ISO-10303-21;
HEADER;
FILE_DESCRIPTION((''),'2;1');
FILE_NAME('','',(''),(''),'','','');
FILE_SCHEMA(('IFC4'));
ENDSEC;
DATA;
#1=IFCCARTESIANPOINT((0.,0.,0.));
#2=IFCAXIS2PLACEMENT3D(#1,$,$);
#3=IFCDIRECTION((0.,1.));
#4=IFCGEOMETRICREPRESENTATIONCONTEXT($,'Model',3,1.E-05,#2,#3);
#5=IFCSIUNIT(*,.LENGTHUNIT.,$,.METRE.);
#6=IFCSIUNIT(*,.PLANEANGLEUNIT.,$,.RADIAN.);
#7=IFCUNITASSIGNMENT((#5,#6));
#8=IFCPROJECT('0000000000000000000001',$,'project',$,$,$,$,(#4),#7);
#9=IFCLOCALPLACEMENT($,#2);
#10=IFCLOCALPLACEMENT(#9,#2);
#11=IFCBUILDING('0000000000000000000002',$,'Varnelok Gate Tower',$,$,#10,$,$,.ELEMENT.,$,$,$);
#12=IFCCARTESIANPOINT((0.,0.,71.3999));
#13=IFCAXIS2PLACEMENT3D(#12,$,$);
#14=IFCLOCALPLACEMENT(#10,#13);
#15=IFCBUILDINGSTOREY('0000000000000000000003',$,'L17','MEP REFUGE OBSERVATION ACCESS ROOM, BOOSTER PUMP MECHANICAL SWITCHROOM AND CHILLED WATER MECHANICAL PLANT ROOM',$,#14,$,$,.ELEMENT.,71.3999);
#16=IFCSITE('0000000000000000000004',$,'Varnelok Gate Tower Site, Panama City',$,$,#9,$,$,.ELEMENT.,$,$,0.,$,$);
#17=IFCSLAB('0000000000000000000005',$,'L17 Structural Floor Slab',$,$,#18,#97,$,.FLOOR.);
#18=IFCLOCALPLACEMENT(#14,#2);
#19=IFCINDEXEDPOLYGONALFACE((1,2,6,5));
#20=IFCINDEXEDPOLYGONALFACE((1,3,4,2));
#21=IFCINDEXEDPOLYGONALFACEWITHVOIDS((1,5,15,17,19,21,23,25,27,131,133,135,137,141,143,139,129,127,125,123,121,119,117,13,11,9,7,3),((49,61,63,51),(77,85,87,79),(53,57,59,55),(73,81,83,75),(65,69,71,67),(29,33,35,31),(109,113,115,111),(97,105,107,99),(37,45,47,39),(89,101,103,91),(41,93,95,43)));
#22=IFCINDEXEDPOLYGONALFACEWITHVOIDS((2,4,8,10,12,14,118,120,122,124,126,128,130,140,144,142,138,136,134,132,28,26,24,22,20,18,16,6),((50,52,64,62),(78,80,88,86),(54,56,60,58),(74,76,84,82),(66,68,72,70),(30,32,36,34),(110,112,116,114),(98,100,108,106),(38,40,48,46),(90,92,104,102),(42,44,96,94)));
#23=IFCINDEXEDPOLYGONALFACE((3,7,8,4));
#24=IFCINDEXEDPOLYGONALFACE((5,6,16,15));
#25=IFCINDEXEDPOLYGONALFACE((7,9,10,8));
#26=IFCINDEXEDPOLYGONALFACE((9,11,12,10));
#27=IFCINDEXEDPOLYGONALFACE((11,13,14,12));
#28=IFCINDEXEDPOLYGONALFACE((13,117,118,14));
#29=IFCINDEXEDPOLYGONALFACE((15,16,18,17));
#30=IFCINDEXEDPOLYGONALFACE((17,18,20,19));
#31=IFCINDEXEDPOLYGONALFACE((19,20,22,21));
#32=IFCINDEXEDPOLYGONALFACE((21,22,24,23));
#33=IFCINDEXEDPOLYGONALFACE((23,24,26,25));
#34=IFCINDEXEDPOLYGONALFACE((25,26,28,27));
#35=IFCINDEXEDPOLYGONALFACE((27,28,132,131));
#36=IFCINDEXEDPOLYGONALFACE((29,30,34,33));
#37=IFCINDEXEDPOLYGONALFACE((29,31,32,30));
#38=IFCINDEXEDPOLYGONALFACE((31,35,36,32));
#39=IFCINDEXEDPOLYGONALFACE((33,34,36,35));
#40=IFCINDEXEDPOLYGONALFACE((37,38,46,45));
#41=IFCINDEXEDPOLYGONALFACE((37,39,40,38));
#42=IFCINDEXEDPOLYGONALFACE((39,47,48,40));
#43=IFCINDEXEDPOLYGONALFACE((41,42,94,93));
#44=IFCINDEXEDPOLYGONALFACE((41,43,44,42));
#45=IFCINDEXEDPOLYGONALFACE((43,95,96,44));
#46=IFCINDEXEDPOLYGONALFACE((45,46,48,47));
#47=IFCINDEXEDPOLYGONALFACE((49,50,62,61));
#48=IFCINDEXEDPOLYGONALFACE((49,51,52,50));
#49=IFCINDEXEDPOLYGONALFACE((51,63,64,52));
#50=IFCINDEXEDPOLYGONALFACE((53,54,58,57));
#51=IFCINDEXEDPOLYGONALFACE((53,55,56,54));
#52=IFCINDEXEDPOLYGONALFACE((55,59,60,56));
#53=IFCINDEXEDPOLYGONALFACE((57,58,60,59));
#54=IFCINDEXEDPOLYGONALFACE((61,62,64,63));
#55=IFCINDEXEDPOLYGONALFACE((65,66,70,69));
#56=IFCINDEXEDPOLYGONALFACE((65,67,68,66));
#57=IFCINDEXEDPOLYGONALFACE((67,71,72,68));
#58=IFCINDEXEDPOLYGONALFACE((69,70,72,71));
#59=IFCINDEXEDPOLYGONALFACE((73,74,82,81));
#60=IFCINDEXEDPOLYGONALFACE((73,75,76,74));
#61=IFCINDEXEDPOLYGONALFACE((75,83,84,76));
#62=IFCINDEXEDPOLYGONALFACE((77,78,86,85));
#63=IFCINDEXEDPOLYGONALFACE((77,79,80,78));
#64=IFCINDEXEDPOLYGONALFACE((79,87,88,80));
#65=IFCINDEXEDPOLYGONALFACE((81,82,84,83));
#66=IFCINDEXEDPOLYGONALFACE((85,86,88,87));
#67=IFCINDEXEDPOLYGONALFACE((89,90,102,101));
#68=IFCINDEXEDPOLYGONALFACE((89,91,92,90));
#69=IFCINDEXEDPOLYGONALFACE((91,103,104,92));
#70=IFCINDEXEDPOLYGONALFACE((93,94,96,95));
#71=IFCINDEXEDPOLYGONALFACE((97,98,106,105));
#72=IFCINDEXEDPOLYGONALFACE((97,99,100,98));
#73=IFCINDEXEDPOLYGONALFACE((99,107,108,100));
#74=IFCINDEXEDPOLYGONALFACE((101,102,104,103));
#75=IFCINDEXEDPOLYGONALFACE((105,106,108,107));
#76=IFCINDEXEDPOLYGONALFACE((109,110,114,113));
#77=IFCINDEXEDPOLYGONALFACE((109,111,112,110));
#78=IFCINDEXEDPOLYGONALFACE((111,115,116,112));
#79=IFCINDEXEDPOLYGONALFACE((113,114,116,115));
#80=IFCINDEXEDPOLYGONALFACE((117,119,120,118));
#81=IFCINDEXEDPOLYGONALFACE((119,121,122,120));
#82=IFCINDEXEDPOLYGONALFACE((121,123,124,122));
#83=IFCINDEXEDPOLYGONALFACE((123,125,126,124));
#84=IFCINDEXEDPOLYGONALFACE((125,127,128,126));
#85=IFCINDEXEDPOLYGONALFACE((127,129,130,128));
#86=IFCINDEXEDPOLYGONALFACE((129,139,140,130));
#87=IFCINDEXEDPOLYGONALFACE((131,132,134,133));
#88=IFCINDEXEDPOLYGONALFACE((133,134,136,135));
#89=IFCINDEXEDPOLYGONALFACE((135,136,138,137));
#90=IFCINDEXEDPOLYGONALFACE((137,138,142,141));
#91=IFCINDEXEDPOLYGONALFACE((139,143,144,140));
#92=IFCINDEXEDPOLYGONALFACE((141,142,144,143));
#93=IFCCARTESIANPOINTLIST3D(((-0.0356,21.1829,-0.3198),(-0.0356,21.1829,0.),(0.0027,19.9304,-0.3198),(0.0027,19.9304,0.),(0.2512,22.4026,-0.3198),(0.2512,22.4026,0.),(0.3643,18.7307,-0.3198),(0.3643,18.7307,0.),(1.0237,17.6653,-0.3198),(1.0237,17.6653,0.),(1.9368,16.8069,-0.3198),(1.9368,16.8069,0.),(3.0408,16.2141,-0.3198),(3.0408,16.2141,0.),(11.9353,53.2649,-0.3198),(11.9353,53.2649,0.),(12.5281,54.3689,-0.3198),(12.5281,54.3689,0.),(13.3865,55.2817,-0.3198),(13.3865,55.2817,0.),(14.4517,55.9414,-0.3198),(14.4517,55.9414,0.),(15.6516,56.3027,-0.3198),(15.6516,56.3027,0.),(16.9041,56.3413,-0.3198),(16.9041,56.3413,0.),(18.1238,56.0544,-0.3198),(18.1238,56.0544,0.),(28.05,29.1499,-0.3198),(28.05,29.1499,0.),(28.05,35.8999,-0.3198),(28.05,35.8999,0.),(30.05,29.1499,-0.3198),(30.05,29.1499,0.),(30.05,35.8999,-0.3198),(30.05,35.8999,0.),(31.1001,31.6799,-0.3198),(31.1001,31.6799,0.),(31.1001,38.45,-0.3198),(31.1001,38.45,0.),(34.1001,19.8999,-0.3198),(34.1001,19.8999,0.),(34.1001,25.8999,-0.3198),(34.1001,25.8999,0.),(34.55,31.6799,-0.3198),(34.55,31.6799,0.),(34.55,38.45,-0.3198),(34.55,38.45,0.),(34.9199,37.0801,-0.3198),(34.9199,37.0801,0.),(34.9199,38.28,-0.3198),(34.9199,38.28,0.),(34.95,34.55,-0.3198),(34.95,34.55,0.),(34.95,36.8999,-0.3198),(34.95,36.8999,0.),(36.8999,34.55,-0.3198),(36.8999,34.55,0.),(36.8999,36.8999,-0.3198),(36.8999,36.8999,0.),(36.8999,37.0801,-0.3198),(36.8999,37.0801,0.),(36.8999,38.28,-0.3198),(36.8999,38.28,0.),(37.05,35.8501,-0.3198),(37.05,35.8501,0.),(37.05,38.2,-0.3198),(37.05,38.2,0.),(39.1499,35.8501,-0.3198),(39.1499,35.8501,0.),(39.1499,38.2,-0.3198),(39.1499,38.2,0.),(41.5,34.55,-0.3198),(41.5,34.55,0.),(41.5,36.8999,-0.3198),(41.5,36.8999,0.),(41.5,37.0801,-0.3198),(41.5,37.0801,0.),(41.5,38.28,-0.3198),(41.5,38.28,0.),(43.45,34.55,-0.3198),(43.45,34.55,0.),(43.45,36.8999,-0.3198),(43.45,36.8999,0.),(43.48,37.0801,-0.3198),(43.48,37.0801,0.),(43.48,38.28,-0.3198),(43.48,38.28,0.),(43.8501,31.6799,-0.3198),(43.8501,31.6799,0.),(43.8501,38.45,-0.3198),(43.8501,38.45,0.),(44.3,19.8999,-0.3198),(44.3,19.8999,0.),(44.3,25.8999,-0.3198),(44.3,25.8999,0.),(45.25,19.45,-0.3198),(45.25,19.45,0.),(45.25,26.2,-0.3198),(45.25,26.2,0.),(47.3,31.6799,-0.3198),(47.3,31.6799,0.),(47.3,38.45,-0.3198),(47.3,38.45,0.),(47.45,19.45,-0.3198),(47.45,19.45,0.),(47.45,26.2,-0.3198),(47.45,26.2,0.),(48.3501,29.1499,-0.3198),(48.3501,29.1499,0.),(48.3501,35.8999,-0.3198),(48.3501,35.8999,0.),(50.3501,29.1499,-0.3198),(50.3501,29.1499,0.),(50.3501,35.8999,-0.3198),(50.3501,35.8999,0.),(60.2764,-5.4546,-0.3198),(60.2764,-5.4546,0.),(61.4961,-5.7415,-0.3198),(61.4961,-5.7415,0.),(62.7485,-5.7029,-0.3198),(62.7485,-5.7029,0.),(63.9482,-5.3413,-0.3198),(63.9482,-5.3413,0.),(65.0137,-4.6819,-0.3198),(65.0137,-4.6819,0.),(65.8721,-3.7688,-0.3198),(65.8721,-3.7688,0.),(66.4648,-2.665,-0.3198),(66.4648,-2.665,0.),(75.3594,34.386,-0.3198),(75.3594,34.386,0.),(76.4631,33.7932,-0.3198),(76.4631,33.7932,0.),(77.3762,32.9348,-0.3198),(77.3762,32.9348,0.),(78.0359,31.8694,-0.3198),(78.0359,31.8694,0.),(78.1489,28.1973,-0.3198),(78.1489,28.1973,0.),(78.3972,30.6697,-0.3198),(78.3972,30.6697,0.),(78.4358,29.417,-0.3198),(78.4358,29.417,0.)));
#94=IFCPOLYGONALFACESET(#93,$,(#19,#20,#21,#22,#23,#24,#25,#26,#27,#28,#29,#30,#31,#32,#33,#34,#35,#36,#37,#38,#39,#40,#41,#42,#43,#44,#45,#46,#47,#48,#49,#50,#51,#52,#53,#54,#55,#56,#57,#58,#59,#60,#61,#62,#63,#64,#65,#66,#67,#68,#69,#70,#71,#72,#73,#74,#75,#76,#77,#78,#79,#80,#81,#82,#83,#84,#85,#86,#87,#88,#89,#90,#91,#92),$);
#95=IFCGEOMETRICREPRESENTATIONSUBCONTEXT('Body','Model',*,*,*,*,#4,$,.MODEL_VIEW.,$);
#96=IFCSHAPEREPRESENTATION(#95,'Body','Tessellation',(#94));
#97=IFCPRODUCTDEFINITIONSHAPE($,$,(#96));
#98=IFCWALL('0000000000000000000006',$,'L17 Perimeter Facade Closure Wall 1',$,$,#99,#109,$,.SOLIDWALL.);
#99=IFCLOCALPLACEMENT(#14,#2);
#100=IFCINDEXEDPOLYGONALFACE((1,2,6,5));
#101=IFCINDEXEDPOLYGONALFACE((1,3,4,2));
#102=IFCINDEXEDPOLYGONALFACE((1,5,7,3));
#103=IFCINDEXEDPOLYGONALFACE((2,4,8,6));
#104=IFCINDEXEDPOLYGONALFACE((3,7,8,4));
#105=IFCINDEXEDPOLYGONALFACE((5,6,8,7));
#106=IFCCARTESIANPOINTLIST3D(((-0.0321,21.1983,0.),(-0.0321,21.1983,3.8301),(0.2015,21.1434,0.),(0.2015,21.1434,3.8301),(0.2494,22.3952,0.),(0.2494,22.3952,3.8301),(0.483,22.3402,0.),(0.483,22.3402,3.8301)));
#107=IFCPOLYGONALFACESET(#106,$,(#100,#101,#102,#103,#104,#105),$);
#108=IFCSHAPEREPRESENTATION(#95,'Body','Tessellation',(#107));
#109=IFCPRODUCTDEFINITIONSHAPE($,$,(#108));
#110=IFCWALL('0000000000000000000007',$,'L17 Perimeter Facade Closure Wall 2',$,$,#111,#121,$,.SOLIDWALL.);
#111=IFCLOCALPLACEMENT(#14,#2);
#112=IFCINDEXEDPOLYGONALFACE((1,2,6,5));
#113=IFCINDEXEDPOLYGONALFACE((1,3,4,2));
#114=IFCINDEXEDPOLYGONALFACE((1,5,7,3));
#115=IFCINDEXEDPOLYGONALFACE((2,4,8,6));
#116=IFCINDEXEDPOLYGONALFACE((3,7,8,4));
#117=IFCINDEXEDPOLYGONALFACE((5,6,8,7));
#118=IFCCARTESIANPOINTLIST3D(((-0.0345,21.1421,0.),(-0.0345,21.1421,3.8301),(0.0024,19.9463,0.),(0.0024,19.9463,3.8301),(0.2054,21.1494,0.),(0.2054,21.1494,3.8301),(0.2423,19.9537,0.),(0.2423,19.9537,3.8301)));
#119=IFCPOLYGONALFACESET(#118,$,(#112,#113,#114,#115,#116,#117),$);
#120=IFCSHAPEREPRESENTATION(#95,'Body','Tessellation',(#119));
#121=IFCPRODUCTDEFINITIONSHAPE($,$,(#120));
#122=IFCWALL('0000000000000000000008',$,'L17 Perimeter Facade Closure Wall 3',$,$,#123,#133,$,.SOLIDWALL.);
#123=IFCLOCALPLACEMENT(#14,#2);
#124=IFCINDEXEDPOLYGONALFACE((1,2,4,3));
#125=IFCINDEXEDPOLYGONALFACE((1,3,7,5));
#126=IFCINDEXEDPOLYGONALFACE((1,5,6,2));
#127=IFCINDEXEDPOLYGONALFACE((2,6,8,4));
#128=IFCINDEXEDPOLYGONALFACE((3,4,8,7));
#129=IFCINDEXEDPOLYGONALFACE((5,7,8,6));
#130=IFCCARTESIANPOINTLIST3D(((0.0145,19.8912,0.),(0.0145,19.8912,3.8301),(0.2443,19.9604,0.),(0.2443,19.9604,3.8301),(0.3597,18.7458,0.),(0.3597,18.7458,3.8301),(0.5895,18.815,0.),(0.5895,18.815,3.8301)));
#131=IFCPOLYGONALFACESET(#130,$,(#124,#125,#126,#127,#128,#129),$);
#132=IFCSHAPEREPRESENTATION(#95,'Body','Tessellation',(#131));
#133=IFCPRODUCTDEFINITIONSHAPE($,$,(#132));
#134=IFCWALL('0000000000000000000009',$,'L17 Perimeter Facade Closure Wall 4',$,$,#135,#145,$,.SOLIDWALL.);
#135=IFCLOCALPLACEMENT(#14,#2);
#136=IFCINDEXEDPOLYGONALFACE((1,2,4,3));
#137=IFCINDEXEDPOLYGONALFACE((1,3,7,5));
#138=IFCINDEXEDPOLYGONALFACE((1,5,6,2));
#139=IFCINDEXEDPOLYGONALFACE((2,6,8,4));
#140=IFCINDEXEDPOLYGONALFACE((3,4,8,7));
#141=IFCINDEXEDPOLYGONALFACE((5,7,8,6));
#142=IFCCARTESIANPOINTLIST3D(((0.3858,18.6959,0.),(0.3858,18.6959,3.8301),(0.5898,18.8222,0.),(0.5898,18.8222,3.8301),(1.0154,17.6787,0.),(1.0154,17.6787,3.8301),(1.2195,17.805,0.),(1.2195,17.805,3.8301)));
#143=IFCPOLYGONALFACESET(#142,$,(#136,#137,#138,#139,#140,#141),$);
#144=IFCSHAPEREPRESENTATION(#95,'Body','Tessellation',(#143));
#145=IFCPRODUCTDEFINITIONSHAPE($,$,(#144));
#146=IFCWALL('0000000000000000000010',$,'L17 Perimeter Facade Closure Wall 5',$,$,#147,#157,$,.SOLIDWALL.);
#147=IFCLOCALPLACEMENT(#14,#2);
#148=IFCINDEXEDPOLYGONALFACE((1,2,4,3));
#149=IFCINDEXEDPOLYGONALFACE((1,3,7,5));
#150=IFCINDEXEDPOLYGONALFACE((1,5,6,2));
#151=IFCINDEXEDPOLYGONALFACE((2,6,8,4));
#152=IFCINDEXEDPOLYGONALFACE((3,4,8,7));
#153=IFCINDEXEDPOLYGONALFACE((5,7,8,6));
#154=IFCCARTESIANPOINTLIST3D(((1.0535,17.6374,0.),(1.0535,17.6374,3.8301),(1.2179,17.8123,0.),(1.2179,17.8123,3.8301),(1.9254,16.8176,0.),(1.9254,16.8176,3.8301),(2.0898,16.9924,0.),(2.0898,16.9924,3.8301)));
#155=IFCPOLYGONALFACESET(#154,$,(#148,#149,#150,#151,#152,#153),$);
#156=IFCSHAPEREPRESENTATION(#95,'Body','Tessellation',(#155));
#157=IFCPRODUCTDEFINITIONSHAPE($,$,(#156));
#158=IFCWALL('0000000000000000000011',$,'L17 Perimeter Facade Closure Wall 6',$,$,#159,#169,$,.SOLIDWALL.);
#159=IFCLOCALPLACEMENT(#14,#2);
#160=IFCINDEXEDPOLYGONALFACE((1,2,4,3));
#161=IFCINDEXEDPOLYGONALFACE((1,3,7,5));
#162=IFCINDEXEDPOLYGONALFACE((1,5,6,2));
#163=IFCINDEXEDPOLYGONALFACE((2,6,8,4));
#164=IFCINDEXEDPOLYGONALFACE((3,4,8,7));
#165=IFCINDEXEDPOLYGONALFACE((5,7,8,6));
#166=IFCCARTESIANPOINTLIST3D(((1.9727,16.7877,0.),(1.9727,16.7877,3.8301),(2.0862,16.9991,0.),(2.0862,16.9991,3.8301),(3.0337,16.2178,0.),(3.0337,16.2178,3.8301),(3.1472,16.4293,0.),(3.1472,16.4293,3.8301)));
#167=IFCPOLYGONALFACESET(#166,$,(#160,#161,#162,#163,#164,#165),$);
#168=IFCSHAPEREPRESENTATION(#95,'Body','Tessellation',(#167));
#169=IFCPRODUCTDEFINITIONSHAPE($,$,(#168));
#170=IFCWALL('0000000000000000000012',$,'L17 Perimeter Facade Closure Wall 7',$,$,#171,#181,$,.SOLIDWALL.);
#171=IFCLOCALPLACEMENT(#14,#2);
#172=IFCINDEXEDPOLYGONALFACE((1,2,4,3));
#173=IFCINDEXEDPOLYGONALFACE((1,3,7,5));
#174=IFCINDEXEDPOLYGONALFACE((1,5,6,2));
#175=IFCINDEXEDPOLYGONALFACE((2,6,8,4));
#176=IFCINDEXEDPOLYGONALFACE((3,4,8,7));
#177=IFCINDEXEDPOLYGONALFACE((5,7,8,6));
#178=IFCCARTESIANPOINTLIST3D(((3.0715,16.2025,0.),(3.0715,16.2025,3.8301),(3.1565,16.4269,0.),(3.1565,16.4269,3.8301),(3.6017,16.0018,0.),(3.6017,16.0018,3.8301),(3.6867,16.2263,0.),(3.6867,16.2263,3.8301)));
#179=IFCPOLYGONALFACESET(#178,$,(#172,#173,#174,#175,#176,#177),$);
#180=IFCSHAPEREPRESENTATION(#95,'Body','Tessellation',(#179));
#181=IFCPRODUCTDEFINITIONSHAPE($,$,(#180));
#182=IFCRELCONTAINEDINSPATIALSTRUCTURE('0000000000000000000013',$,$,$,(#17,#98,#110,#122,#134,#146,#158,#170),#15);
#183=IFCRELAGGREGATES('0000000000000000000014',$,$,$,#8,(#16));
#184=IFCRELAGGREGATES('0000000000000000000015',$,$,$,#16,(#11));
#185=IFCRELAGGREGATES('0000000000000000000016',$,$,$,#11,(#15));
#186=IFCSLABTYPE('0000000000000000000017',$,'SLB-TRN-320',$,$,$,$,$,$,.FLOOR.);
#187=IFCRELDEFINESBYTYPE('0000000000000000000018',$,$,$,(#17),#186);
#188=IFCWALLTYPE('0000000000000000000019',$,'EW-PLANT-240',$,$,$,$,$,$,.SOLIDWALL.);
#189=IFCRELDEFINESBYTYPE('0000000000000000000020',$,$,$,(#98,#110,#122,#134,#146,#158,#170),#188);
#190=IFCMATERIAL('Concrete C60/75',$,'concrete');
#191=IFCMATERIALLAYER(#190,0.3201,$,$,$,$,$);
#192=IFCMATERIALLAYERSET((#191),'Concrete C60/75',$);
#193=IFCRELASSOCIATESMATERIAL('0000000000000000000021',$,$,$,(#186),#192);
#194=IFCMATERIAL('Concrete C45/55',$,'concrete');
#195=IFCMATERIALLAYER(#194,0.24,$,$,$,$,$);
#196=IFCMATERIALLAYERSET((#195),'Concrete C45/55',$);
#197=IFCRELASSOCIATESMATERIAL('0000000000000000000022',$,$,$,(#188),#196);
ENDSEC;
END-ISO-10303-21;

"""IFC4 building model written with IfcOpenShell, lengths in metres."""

from ifc_helpers import new_model, si_unit, direction, frame, frame_2d, origin, place, context, subcontext, project, spatial, polyline, rectangle, outline, extrude, material, layer, layer_set, type_object, element, save


model = new_model("IFC4")

# Units and contexts
model_context = context("Model", 3, precision=1e-05, world=origin(), true_north=direction((0.0, 1.0)))
body_context = subcontext(model_context, "Body", "Model", "MODEL_VIEW")
ifc_project = project(units=[si_unit("LENGTHUNIT", "METRE"), si_unit("PLANEANGLEUNIT", "RADIAN")], contexts=[model_context])

# Site, building, storey
site_placement = place(None, origin())
site = spatial("IfcSite", under=ifc_project, at=site_placement, Name="Varnelok Gate Tower Site, Panama City", CompositionType="ELEMENT", RefElevation=0.0)
building_placement = place(site_placement, origin())
building = spatial("IfcBuilding", under=site, at=building_placement, Name="Varnelok Gate Tower", CompositionType="ELEMENT")
storey_placement = place(building_placement, frame((0.0, 0.0, 71.3999)))
storey = spatial("IfcBuildingStorey", under=building, at=storey_placement, Name="L17", Description="MEP REFUGE OBSERVATION ACCESS ROOM, BOOSTER PUMP MECHANICAL SWITCHROOM AND CHILLED WATER MECHANICAL PLANT ROOM", CompositionType="ELEMENT", Elevation=71.3999)

# Shared definitions
ifc_material_1 = material(Name="Concrete C45/55", Category="concrete")

# Slab
ifc_material_2 = material(Name="Concrete C60/75", Category="concrete")
ifc_layer_1 = layer(ifc_material_2, 0.3201)
ifc_layer_set_1 = layer_set([ifc_layer_1], Name="Concrete C60/75")
slab_type_1 = type_object("IfcSlabType", Name="SLB-TRN-320", PredefinedType="FLOOR", material=ifc_layer_set_1)
slab_1_placement = place(storey_placement, frame((0.0, 0.0, -0.3198)))
element("IfcSlab", 1, at=slab_1_placement, inside=storey, type_object=slab_type_1, Name="L17 Structural Floor Slab", PredefinedType="FLOOR", context=body_context, shape_type="SweptSolid", body=[
    extrude(outline(polyline([(0.2512, 22.4026), (-0.0356, 21.1829), (0.0027, 19.9304), (0.3643, 18.7307), (1.0237, 17.6653), (1.9368, 16.8069), (3.0408, 16.2141), (60.2764, -5.4546), (61.4961, -5.7415), (62.7485, -5.7029), (63.9482, -5.3413), (65.0137, -4.6819), (65.8721, -3.7688), (66.4648, -2.665), (78.1489, 28.1973), (78.4358, 29.417), (78.3972, 30.6697), (78.0359, 31.8694), (77.3762, 32.9348), (76.4631, 33.7932), (75.3594, 34.386), (18.1238, 56.0544), (16.9041, 56.3413), (15.6516, 56.3027), (14.4517, 55.9414), (13.3865, 55.2817), (12.5281, 54.3689), (11.9353, 53.2649), (0.2512, 22.4026)]), holes=[polyline([(34.55, 31.6799), (34.55, 38.45), (31.1001, 38.45), (31.1001, 31.6799), (34.55, 31.6799)]), polyline([(47.3, 31.6799), (47.3, 38.45), (43.8501, 38.45), (43.8501, 31.6799), (47.3, 31.6799)]), polyline([(34.95, 34.55), (36.8999, 34.55), (36.8999, 36.8999), (34.95, 36.8999), (34.95, 34.55)]), polyline([(41.5, 34.55), (43.45, 34.55), (43.45, 36.8999), (41.5, 36.8999), (41.5, 34.55)]), polyline([(37.05, 35.8501), (39.1499, 35.8501), (39.1499, 38.2), (37.05, 38.2), (37.05, 35.8501)]), polyline([(28.05, 29.1499), (30.05, 29.1499), (30.05, 35.8999), (28.05, 35.8999), (28.05, 29.1499)]), polyline([(48.3501, 29.1499), (50.3501, 29.1499), (50.3501, 35.8999), (48.3501, 35.8999), (48.3501, 29.1499)]), polyline([(45.25, 19.45), (47.45, 19.45), (47.45, 26.2), (45.25, 26.2), (45.25, 19.45)]), polyline([(34.9199, 37.0801), (36.8999, 37.0801), (36.8999, 38.28), (34.9199, 38.28), (34.9199, 37.0801)]), polyline([(41.5, 37.0801), (43.48, 37.0801), (43.48, 38.28), (41.5, 38.28), (41.5, 37.0801)]), polyline([(34.1001, 19.8999), (44.3, 19.8999), (44.3, 25.8999), (34.1001, 25.8999), (34.1001, 19.8999)])]), origin(), (0.0, 0.0, 1.0), 0.3198),
])

# Walls
ifc_layer_2 = layer(ifc_material_1, 0.24)
ifc_layer_set_2 = layer_set([ifc_layer_2], Name="Concrete C45/55")
wall_type_1 = type_object("IfcWallType", Name="EW-PLANT-240", PredefinedType="SOLIDWALL", material=ifc_layer_set_2)
wall_1_placement = place(storey_placement, frame((0.3662, 22.3677, 0.0), z_axis=(0.0, 0.0, 1.0), x_axis=(-0.228962, -0.973435, 0.0)))
element("IfcWall", 2, at=wall_1_placement, inside=storey, type_object=wall_type_1, Name="L17 Perimeter Facade Closure Wall 1", PredefinedType="SOLIDWALL", context=body_context, shape_type="SweptSolid", body=[
    extrude(rectangle(XDim=1.2295, YDim=0.24, at=frame_2d((0.6147, 0.0))), origin(), (0.0, 0.0, 1.0), 3.8301),
])
for number, where, z_axis, x_axis, name in (
    (3, (0.0854, 21.1458, 0.0), (0.0, 0.0, 1.0), (0.030814, -0.999525, 0.0), "L17 Perimeter Facade Closure Wall 2"),
    (4, (0.1294, 19.9258, 0.0), (0.0, 0.0, 1.0), (0.288546, -0.957466, 0.0), "L17 Perimeter Facade Closure Wall 3"),
    (5, (0.4878, 18.759, 0.0), (0.0, 0.0, 1.0), (0.526362, -0.850261, 0.0), "L17 Perimeter Facade Closure Wall 4"),
):
    element("IfcWall", number, at=place(storey_placement, frame(where, z_axis=z_axis, x_axis=x_axis)), inside=storey, type_object=wall_type_1, Name=name, PredefinedType="SOLIDWALL", context=body_context, shape_type="SweptSolid", body=[
        extrude(rectangle(XDim=1.1963, YDim=0.24, at=frame_2d((0.5981, 0.0))), origin(), (0.0, 0.0, 1.0), 3.8301),
    ])
wall_2_placement = place(storey_placement, frame((1.1357, 17.7249, 0.0), z_axis=(0.0, 0.0, 1.0), x_axis=(0.728499, -0.685046, 0.0)))
element("IfcWall", 6, at=wall_2_placement, inside=storey, type_object=wall_type_1, Name="L17 Perimeter Facade Closure Wall 5", PredefinedType="SOLIDWALL", context=body_context, shape_type="SweptSolid", body=[
    extrude(rectangle(XDim=1.1968, YDim=0.24, at=frame_2d((0.5984, 0.0))), origin(), (0.0, 0.0, 1.0), 3.8301),
])
wall_3_placement = place(storey_placement, frame((2.0295, 16.8933, 0.0), z_axis=(0.0, 0.0, 1.0), x_axis=(0.880991, -0.473132, 0.0)))
element("IfcWall", 7, at=wall_3_placement, inside=storey, type_object=wall_type_1, Name="L17 Perimeter Facade Closure Wall 6", PredefinedType="SOLIDWALL", context=body_context, shape_type="SweptSolid", body=[
    extrude(rectangle(XDim=1.2043, YDim=0.24, at=frame_2d((0.6021, 0.0))), origin(), (0.0, 0.0, 1.0), 3.8301),
])
wall_4_placement = place(storey_placement, frame((3.114, 16.3147, 0.0), z_axis=(0.0, 0.0, 1.0), x_axis=(0.935263, -0.353953, 0.0)))
element("IfcWall", 8, at=wall_4_placement, inside=storey, type_object=wall_type_1, Name="L17 Perimeter Facade Closure Wall 7", PredefinedType="SOLIDWALL", context=body_context, shape_type="SweptSolid", body=[
    extrude(rectangle(XDim=0.5669, YDim=0.24, at=frame_2d((0.2834, 0.0))), origin(), (0.0, 0.0, 1.0), 3.8301),
])

save(model, "model.ifc")
